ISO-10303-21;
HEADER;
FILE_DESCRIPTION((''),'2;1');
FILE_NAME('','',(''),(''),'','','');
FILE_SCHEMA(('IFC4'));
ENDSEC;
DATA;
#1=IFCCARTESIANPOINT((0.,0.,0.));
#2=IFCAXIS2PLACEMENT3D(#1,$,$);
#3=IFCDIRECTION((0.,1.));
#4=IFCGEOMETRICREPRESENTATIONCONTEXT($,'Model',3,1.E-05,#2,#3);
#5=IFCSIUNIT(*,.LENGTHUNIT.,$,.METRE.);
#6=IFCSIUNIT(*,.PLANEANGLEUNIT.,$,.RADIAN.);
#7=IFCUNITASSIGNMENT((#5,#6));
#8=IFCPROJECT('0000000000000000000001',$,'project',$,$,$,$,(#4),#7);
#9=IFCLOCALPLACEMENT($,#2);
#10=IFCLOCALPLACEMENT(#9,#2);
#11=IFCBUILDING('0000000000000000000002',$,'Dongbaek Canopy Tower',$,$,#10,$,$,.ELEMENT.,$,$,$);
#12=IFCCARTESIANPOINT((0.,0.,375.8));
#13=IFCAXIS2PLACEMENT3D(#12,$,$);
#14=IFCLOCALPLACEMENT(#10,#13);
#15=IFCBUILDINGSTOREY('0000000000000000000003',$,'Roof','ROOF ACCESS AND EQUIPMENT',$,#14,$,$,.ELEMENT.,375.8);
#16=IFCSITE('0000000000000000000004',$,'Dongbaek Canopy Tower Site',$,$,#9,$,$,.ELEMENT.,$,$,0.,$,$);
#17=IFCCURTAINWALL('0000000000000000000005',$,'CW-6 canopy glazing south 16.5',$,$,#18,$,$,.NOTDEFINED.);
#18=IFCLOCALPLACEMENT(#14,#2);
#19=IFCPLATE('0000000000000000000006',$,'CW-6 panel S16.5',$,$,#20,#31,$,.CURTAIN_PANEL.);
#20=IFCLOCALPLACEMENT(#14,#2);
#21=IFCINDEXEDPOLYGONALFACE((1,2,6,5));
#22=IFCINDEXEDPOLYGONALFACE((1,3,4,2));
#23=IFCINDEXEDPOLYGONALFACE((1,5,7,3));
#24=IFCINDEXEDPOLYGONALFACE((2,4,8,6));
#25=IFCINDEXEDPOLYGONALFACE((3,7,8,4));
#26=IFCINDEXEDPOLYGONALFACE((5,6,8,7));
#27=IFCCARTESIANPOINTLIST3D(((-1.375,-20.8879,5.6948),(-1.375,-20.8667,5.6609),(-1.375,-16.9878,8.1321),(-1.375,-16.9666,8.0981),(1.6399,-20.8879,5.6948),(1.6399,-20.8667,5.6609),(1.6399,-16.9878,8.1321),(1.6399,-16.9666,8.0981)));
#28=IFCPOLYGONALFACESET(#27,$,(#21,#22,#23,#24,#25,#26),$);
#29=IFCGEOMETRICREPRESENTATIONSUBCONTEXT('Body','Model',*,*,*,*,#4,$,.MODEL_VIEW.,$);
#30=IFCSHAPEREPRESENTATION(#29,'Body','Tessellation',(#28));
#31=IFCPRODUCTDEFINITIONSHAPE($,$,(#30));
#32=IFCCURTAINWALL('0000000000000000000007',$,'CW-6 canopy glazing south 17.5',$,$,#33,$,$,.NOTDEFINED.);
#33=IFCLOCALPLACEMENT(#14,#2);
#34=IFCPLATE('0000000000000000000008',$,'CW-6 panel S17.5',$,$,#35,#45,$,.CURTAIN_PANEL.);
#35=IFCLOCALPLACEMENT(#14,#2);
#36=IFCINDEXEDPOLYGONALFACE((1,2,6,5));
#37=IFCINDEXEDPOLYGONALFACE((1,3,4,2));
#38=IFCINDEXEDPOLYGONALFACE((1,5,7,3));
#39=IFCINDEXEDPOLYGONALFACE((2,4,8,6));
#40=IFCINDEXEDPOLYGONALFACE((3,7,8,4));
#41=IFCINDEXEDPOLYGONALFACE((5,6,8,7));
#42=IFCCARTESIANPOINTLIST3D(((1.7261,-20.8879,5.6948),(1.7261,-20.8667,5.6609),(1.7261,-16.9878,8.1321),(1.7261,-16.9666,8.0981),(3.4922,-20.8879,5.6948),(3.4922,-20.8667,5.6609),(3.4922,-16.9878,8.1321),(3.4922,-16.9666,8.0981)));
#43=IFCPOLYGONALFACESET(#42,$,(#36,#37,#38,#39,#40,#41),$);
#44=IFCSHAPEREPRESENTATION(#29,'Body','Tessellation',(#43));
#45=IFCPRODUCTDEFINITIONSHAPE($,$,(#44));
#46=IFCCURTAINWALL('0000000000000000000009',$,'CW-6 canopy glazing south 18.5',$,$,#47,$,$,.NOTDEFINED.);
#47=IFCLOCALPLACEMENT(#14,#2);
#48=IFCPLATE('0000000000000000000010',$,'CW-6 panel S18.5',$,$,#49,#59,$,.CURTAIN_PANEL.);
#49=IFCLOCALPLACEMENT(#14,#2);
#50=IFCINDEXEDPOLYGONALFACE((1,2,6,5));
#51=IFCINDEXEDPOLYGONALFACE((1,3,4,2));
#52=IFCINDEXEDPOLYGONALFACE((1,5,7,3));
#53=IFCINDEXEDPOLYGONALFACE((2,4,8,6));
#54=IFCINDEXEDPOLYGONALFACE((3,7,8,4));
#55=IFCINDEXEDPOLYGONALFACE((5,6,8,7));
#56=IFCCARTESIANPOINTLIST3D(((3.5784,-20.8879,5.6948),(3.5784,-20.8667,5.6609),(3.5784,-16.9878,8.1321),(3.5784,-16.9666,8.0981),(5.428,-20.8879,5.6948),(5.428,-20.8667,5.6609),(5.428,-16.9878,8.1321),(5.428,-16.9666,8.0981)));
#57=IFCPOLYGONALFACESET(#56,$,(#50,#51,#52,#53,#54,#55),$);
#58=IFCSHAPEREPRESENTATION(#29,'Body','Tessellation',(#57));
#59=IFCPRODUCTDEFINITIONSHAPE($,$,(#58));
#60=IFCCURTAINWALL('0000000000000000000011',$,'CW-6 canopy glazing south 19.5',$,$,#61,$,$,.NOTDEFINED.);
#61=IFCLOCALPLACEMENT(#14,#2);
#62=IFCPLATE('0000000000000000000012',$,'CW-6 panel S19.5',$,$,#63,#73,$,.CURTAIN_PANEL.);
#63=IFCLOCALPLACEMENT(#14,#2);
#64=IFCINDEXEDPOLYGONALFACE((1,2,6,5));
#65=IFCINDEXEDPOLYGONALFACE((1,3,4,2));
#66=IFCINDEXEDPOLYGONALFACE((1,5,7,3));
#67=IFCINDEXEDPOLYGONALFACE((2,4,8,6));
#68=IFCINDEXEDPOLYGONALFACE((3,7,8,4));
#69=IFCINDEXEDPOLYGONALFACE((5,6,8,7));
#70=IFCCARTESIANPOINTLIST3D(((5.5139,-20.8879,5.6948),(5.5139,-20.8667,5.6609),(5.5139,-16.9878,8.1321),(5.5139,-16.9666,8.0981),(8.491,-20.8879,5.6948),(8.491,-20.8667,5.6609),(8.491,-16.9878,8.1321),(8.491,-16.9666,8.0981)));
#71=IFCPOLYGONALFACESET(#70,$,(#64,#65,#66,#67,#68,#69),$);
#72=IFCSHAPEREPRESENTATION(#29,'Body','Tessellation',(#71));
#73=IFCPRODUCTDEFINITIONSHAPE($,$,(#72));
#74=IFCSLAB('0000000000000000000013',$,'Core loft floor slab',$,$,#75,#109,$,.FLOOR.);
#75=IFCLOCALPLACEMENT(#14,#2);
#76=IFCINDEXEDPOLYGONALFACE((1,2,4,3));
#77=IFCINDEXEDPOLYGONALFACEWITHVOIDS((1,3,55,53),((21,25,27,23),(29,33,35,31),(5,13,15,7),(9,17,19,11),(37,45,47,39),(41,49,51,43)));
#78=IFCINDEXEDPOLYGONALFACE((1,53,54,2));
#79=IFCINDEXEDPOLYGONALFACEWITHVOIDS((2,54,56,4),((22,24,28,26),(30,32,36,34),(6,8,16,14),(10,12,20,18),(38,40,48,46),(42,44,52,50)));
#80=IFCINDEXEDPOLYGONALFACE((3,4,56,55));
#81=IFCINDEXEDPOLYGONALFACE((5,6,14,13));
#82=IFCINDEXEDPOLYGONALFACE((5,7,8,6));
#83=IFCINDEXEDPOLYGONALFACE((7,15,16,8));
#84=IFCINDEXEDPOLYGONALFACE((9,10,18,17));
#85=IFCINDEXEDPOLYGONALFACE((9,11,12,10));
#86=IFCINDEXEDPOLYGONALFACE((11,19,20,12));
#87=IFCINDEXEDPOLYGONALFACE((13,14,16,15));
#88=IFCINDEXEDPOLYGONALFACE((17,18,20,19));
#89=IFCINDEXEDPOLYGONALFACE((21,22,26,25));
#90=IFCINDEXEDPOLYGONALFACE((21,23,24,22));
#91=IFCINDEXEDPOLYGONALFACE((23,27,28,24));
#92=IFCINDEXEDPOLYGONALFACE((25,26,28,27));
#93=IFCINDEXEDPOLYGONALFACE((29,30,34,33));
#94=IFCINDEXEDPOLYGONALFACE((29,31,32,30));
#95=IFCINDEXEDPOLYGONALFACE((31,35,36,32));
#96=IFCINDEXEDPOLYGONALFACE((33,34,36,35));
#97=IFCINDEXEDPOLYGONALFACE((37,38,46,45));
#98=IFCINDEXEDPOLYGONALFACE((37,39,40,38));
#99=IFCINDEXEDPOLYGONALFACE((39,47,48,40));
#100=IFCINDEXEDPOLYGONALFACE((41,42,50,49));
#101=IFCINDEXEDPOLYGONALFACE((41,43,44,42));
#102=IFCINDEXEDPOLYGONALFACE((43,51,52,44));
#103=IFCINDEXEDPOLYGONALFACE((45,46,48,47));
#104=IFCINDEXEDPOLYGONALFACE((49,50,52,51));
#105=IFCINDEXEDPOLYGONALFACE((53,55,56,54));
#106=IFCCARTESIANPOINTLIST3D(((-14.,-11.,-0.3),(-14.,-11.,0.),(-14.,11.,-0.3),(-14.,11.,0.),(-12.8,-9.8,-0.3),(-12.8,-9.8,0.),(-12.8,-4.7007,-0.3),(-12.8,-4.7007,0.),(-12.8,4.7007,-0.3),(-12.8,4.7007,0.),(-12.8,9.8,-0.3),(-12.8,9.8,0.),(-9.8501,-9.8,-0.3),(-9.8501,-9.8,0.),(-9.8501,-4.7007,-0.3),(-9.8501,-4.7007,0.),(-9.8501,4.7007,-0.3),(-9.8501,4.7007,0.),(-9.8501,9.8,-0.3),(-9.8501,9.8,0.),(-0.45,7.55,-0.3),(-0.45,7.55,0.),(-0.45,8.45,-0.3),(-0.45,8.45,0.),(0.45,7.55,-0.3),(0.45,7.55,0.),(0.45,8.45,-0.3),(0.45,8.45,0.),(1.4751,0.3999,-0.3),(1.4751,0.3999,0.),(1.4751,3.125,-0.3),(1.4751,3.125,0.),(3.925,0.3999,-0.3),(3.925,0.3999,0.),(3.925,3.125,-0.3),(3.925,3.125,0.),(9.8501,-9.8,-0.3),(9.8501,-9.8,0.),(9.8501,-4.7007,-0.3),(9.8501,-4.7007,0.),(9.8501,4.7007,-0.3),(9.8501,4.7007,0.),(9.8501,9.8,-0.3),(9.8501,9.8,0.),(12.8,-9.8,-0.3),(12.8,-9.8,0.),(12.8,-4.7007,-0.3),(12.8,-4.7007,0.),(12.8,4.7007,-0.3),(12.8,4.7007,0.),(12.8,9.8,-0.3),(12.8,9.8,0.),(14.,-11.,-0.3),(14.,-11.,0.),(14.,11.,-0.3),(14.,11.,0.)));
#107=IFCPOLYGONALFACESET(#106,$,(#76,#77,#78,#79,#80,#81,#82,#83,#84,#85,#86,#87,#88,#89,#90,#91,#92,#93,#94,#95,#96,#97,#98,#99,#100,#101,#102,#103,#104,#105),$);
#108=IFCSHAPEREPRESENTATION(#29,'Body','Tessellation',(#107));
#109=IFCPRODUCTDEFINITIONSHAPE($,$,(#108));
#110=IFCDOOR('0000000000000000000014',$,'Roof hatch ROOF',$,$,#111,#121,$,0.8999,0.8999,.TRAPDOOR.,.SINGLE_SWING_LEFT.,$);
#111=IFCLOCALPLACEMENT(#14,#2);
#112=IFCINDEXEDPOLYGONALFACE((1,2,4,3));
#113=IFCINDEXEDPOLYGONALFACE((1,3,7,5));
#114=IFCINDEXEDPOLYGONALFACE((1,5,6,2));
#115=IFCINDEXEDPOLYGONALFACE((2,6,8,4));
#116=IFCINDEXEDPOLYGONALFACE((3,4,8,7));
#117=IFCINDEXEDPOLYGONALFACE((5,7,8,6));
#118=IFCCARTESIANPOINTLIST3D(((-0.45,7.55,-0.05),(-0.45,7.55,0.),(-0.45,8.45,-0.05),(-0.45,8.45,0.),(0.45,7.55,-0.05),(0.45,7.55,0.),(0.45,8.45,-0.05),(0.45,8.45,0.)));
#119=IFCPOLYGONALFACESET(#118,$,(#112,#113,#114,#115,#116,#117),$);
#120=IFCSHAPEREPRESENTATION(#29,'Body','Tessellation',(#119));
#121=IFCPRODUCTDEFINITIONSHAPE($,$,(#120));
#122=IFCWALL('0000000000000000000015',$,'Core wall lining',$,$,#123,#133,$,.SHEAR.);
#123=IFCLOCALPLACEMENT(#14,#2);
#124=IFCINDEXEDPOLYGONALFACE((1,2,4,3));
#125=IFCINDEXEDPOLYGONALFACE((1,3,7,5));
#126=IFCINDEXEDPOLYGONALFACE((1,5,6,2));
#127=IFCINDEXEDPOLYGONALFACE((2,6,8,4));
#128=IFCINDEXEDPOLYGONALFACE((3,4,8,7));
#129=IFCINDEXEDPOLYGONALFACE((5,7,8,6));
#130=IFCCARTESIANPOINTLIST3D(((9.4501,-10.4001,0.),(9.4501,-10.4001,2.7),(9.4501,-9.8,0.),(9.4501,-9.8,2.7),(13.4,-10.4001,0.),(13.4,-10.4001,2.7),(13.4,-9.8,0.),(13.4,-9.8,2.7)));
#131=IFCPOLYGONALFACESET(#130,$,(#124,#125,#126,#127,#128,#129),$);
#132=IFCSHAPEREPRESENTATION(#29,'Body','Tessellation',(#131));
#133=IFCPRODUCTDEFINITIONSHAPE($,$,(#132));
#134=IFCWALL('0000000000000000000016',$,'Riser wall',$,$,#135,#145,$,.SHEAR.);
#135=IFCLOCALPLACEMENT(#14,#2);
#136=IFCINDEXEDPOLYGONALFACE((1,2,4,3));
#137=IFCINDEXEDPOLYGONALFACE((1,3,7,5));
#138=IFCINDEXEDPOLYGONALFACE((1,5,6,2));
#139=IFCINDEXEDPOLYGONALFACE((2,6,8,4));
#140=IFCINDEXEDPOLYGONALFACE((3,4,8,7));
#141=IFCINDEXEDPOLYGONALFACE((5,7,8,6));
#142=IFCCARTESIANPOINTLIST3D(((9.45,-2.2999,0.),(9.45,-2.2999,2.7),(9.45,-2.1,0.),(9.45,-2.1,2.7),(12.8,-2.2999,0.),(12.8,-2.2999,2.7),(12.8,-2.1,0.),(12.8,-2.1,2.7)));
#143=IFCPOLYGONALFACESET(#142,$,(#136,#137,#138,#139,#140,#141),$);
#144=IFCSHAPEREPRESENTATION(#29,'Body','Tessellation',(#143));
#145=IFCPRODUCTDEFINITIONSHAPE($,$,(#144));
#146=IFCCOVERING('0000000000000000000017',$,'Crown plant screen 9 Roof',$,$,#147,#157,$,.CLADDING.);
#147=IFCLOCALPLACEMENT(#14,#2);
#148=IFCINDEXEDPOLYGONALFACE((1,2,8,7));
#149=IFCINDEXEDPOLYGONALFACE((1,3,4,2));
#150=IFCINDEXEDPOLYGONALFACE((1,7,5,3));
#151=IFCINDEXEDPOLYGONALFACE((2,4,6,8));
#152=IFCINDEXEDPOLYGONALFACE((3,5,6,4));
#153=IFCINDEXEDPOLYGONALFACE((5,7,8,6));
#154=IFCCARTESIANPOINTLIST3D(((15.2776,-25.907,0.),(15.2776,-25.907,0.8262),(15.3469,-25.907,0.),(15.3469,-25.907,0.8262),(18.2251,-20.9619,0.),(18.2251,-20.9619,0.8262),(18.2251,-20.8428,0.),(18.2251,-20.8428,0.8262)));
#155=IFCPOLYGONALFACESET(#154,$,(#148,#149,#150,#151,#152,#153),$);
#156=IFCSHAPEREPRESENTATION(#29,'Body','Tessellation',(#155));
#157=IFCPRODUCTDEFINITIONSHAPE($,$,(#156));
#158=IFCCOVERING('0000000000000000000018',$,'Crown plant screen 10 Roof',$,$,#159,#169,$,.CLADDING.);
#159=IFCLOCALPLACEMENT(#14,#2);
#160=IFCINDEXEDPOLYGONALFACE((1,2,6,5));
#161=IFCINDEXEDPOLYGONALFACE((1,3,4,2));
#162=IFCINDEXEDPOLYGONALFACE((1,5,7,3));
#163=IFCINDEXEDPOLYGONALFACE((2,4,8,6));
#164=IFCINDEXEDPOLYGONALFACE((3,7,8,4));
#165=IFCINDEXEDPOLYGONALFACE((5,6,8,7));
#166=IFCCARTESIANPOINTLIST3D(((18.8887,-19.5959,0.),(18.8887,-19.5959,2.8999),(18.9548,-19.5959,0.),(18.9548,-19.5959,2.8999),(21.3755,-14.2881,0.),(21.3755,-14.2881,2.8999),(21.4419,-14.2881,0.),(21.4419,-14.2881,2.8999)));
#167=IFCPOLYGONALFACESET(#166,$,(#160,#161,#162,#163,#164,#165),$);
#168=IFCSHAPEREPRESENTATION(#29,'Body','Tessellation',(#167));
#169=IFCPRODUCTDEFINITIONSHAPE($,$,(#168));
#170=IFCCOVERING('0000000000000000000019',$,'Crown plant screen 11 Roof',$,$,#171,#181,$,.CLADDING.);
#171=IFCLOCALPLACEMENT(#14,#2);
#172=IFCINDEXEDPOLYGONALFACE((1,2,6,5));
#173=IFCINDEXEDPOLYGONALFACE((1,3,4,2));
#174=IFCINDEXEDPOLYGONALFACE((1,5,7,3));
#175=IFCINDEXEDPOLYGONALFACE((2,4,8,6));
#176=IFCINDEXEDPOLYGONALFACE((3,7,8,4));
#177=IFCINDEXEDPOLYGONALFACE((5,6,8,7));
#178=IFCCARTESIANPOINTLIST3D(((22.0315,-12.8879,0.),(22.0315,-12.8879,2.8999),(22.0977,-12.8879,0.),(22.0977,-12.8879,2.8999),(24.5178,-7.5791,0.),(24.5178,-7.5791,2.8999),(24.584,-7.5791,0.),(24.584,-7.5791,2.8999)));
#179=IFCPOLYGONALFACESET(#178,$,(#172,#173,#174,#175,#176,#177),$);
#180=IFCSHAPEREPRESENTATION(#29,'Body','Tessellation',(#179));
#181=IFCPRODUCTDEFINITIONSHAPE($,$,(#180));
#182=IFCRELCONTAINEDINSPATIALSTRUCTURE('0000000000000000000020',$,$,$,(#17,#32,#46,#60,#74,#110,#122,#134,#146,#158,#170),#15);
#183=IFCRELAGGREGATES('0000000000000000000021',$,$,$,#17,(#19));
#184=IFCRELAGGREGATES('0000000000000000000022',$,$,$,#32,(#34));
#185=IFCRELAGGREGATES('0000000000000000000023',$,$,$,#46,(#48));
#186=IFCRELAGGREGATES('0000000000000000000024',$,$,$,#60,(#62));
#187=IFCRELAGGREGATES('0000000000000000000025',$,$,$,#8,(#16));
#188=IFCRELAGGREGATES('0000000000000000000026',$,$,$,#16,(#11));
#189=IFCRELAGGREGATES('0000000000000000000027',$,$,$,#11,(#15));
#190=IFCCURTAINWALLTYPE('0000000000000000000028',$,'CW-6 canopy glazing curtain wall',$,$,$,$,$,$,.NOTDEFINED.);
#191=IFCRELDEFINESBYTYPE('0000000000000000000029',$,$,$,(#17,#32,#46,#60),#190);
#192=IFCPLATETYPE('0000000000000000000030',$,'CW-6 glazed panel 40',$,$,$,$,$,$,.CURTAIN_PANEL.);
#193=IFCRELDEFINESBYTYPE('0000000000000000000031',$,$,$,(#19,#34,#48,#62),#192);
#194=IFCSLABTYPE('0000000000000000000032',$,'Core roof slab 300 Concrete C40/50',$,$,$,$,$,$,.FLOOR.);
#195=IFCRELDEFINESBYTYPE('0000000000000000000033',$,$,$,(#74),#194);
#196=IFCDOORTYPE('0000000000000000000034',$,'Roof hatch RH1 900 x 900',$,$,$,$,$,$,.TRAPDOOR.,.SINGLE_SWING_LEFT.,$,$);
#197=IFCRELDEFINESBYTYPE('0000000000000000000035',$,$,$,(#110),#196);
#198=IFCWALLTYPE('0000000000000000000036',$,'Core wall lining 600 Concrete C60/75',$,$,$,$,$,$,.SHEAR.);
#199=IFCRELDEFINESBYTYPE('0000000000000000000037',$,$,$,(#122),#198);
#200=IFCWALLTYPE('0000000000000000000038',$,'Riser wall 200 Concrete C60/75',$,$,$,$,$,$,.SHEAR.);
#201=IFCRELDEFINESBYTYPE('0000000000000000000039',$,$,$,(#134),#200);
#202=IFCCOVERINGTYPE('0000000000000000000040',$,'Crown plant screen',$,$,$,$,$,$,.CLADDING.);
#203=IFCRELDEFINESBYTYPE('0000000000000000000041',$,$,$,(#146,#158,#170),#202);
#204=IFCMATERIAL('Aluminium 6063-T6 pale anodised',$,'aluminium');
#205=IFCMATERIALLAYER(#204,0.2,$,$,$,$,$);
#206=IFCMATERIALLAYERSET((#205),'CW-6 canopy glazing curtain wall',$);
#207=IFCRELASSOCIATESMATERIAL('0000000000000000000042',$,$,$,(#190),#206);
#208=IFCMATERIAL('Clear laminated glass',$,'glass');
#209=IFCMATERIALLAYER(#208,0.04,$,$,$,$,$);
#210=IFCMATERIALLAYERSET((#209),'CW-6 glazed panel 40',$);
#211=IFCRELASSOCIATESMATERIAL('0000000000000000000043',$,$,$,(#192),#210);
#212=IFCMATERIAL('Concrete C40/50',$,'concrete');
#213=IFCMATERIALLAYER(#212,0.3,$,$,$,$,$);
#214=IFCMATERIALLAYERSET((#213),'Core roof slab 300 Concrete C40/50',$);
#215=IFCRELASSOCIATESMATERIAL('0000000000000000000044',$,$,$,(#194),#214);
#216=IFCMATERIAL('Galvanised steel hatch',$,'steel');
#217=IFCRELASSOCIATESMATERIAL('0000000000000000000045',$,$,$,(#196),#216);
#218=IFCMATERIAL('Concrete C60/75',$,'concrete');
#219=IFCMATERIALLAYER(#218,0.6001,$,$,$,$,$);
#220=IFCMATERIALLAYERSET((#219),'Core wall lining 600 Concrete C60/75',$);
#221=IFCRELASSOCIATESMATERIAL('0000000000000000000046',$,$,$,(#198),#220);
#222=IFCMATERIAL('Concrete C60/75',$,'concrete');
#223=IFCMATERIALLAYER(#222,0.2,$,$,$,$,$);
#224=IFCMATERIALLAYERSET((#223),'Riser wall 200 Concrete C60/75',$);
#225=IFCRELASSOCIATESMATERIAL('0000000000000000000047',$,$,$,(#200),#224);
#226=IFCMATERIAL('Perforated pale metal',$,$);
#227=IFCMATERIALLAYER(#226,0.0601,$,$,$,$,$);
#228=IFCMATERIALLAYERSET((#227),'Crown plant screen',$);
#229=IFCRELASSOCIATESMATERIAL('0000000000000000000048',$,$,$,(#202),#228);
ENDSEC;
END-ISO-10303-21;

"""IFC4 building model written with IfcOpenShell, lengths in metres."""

from ifc_helpers import new_model, si_unit, direction, frame, frame_2d, origin, origin_2d, place, context, subcontext, project, spatial, polyline, rectangle, outline, extrude, material, layer, layer_set, type_object, element, fill, aggregate, save


model = new_model("IFC4")

# Units and contexts
model_context = context("Model", 3, precision=1e-05, world=origin(), true_north=direction((0.0, 1.0)))
body_context = subcontext(model_context, "Body", "Model", "MODEL_VIEW")
ifc_project = project(units=[si_unit("LENGTHUNIT", "METRE"), si_unit("PLANEANGLEUNIT", "RADIAN")], contexts=[model_context])

# Site, building, storey
site_placement = place(None, origin())
site = spatial("IfcSite", under=ifc_project, at=site_placement, Name="Dongbaek Canopy Tower Site", CompositionType="ELEMENT", RefElevation=0.0)
building_placement = place(site_placement, origin())
building = spatial("IfcBuilding", under=site, at=building_placement, Name="Dongbaek Canopy Tower", CompositionType="ELEMENT")
storey_placement = place(building_placement, frame((0.0, 0.0, 375.8)))
storey = spatial("IfcBuildingStorey", under=building, at=storey_placement, Name="Roof", Description="ROOF ACCESS AND EQUIPMENT", CompositionType="ELEMENT", Elevation=375.8)

# Curtain walls, plates
ifc_material_1 = material(Name="Aluminium 6063-T6 pale anodised", Category="aluminium")
ifc_layer_1 = layer(ifc_material_1, 0.2)
ifc_layer_set_1 = layer_set([ifc_layer_1], Name="CW-6 canopy glazing curtain wall")
curtain_wall_type = type_object("IfcCurtainWallType", Name="CW-6 canopy glazing curtain wall", PredefinedType="NOTDEFINED", material=ifc_layer_set_1)
curtain_wall_1_placement = place(storey_placement, origin())
curtain_wall_1 = element("IfcCurtainWall", 1, at=curtain_wall_1_placement, inside=storey, type_object=curtain_wall_type, Name="CW-6 canopy glazing south 16.5", PredefinedType="NOTDEFINED")
ifc_material_2 = material(Name="Clear laminated glass", Category="glass")
ifc_layer_2 = layer(ifc_material_2, 0.04)
ifc_layer_set_2 = layer_set([ifc_layer_2], Name="CW-6 glazed panel 40")
plate_type = type_object("IfcPlateType", Name="CW-6 glazed panel 40", PredefinedType="CURTAIN_PANEL", material=ifc_layer_set_2)
plate_1_placement = place(storey_placement, frame((1.6399, -20.8879, 5.6948), z_axis=(0.0, -0.529946, 0.848031), x_axis=(-1.0, 0.0, 0.0)))
plate_1 = element("IfcPlate", 2, at=plate_1_placement, type_object=plate_type, Name="CW-6 panel S16.5", PredefinedType="CURTAIN_PANEL", context=body_context, shape_type="SweptSolid", body=[
    extrude(outline(polyline([(0.0, 0.0), (3.0149, 0.0), (3.0149, -4.5991), (0.0, -4.5991), (0.0, 0.0)])), origin(), (0.0, 0.0, -1.0), 0.04),
])
aggregate(curtain_wall_1, [plate_1])
curtain_wall_2_placement = place(storey_placement, origin())
curtain_wall_2 = element("IfcCurtainWall", 3, at=curtain_wall_2_placement, inside=storey, type_object=curtain_wall_type, Name="CW-6 canopy glazing south 17.5", PredefinedType="NOTDEFINED")
plate_2_placement = place(storey_placement, frame((3.4922, -20.8879, 5.6948), z_axis=(0.0, -0.529946, 0.848031), x_axis=(-1.0, 0.0, 0.0)))
plate_2 = element("IfcPlate", 4, at=plate_2_placement, type_object=plate_type, Name="CW-6 panel S17.5", PredefinedType="CURTAIN_PANEL", context=body_context, shape_type="SweptSolid", body=[
    extrude(outline(polyline([(0.0, 0.0), (1.7661, 0.0), (1.7661, -4.5991), (0.0, -4.5991), (0.0, 0.0)])), origin(), (0.0, 0.0, -1.0), 0.04),
])
aggregate(curtain_wall_2, [plate_2])
curtain_wall_3_placement = place(storey_placement, origin())
curtain_wall_3 = element("IfcCurtainWall", 5, at=curtain_wall_3_placement, inside=storey, type_object=curtain_wall_type, Name="CW-6 canopy glazing south 18.5", PredefinedType="NOTDEFINED")
plate_3_placement = place(storey_placement, frame((5.428, -20.8879, 5.6948), z_axis=(0.0, -0.529946, 0.848031), x_axis=(-1.0, 0.0, 0.0)))
plate_3 = element("IfcPlate", 6, at=plate_3_placement, type_object=plate_type, Name="CW-6 panel S18.5", PredefinedType="CURTAIN_PANEL", context=body_context, shape_type="SweptSolid", body=[
    extrude(outline(polyline([(0.0, 0.0), (1.8496, 0.0), (1.8496, -4.5991), (0.0, -4.5991), (0.0, 0.0)])), origin(), (0.0, 0.0, -1.0), 0.04),
])
aggregate(curtain_wall_3, [plate_3])
curtain_wall_4_placement = place(storey_placement, origin())
curtain_wall_4 = element("IfcCurtainWall", 7, at=curtain_wall_4_placement, inside=storey, type_object=curtain_wall_type, Name="CW-6 canopy glazing south 19.5", PredefinedType="NOTDEFINED")
plate_4_placement = place(storey_placement, frame((8.491, -20.8879, 5.6948), z_axis=(0.0, -0.529946, 0.848031), x_axis=(-1.0, 0.0, 0.0)))
plate_4 = element("IfcPlate", 8, at=plate_4_placement, type_object=plate_type, Name="CW-6 panel S19.5", PredefinedType="CURTAIN_PANEL", context=body_context, shape_type="SweptSolid", body=[
    extrude(outline(polyline([(0.0, 0.0), (2.9771, 0.0), (2.9771, -4.5991), (0.0, -4.5991), (0.0, 0.0)])), origin(), (0.0, 0.0, -1.0), 0.04),
])
aggregate(curtain_wall_4, [plate_4])

# Slab, opening, door
ifc_material_3 = material(Name="Concrete C40/50", Category="concrete")
ifc_layer_3 = layer(ifc_material_3, 0.3)
ifc_layer_set_3 = layer_set([ifc_layer_3], Name="Core roof slab 300 Concrete C40/50")
slab_type = type_object("IfcSlabType", Name="Core roof slab 300 Concrete C40/50", PredefinedType="FLOOR", material=ifc_layer_set_3)
slab_placement = place(storey_placement, frame((0.0, 0.0, -0.3)))
slab = element("IfcSlab", 9, at=slab_placement, inside=storey, type_object=slab_type, Name="Core loft floor slab", PredefinedType="FLOOR", context=body_context, shape_type="SweptSolid", body=[
    extrude(outline(polyline([(14.0, -11.0), (14.0, 11.0), (-14.0, 11.0), (-14.0, -11.0), (14.0, -11.0)]), holes=[polyline([(12.8, 4.7007), (12.8, 9.8), (9.8501, 9.8), (9.8501, 4.7007), (12.8, 4.7007)]), polyline([(-9.8501, 4.7007), (-9.8501, 9.8), (-12.8, 9.8), (-12.8, 4.7007), (-9.8501, 4.7007)]), polyline([(9.8501, -4.7007), (9.8501, -9.8), (12.8, -9.8), (12.8, -4.7007), (9.8501, -4.7007)]), polyline([(-12.8, -4.7007), (-12.8, -9.8), (-9.8501, -9.8), (-9.8501, -4.7007), (-12.8, -4.7007)]), polyline([(3.925, 3.125), (3.925, 0.3999), (1.4751, 0.3999), (1.4751, 3.125), (3.925, 3.125)])]), origin(), (0.0, 0.0, 1.0), 0.3),
])
opening_placement = place(slab_placement, frame((0.0, 8.0, 0.0)))
opening = element("IfcOpeningElement", 10, at=opening_placement, cuts=slab, PredefinedType="OPENING", context=body_context, shape_type="SweptSolid", body=[
    extrude(rectangle(XDim=0.8999, YDim=0.8999, at=origin_2d()), origin(), (0.0, 0.0, 1.0), 0.3),
])
ifc_material_4 = material(Name="Galvanised steel hatch", Category="steel")
door_type = type_object("IfcDoorType", Name="Roof hatch RH1 900 x 900", OperationType="SINGLE_SWING_LEFT", PredefinedType="TRAPDOOR", material=ifc_material_4)
door_placement = place(opening_placement, frame((0.0, 0.0, 0.25)))
door = element("IfcDoor", 11, at=door_placement, inside=storey, type_object=door_type, Name="Roof hatch ROOF", OperationType="SINGLE_SWING_LEFT", OverallHeight=0.8999, OverallWidth=0.8999, PredefinedType="TRAPDOOR", context=body_context, shape_type="SweptSolid", body=[
    extrude(rectangle(XDim=0.8999, YDim=0.8999, at=origin_2d()), origin(), (0.0, 0.0, 1.0), 0.05),
])
fill(opening, door)

# Walls
ifc_material_5 = material(Name="Concrete C60/75", Category="concrete")
ifc_layer_4 = layer(ifc_material_5, 0.6001)
ifc_layer_set_4 = layer_set([ifc_layer_4], Name="Core wall lining 600 Concrete C60/75")
wall_type_1 = type_object("IfcWallType", Name="Core wall lining 600 Concrete C60/75", PredefinedType="SHEAR", material=ifc_layer_set_4)
wall_1_placement = place(storey_placement, frame((9.45, -10.1001, 0.0), z_axis=(0.0, 0.0, 1.0), x_axis=(1.0, 0.0, 0.0)))
element("IfcWall", 12, at=wall_1_placement, inside=storey, type_object=wall_type_1, Name="Core wall lining", PredefinedType="SHEAR", context=body_context, shape_type="SweptSolid", body=[
    extrude(rectangle(XDim=3.95, YDim=0.6001, at=frame_2d((1.9751, 0.0))), origin(), (0.0, 0.0, 1.0), 2.7),
])
ifc_material_6 = material(Name="Concrete C60/75", Category="concrete")
ifc_layer_5 = layer(ifc_material_6, 0.2)
ifc_layer_set_5 = layer_set([ifc_layer_5], Name="Riser wall 200 Concrete C60/75")
wall_type_2 = type_object("IfcWallType", Name="Riser wall 200 Concrete C60/75", PredefinedType="SHEAR", material=ifc_layer_set_5)
wall_2_placement = place(storey_placement, frame((9.45, -2.2, 0.0), z_axis=(0.0, 0.0, 1.0), x_axis=(1.0, 0.0, 0.0)))
element("IfcWall", 13, at=wall_2_placement, inside=storey, type_object=wall_type_2, Name="Riser wall", PredefinedType="SHEAR", context=body_context, shape_type="SweptSolid", body=[
    extrude(rectangle(XDim=3.3501, YDim=0.2, at=frame_2d((1.675, 0.0))), origin(), (0.0, 0.0, 1.0), 2.7),
])

# Coverings
ifc_material_7 = material(Name="Perforated pale metal")
ifc_layer_6 = layer(ifc_material_7, 0.0601)
ifc_layer_set_6 = layer_set([ifc_layer_6], Name="Crown plant screen")
covering_type = type_object("IfcCoveringType", Name="Crown plant screen", PredefinedType="CLADDING", material=ifc_layer_set_6)
covering_1_placement = place(storey_placement, origin())
element("IfcCovering", 14, at=covering_1_placement, inside=storey, type_object=covering_type, Name="Crown plant screen 9 Roof", PredefinedType="CLADDING", context=body_context, shape_type="SweptSolid", body=[
    extrude(outline(polyline([(15.3469, -25.907), (15.2776, -25.907), (18.2251, -20.8428), (18.2251, -20.9619), (15.3469, -25.907)])), origin(), (0.0, 0.0, 1.0), 0.8262),
])
covering_2_placement = place(storey_placement, origin())
element("IfcCovering", 15, at=covering_2_placement, inside=storey, type_object=covering_type, Name="Crown plant screen 10 Roof", PredefinedType="CLADDING", context=body_context, shape_type="SweptSolid", body=[
    extrude(outline(polyline([(18.9548, -19.5959), (18.8887, -19.5959), (21.3755, -14.2881), (21.4419, -14.2881), (18.9548, -19.5959)])), origin(), (0.0, 0.0, 1.0), 2.8999),
])
covering_3_placement = place(storey_placement, origin())
element("IfcCovering", 16, at=covering_3_placement, inside=storey, type_object=covering_type, Name="Crown plant screen 11 Roof", PredefinedType="CLADDING", context=body_context, shape_type="SweptSolid", body=[
    extrude(outline(polyline([(22.0977, -12.8879), (22.0315, -12.8879), (24.5178, -7.5791), (24.584, -7.5791), (22.0977, -12.8879)])), origin(), (0.0, 0.0, 1.0), 2.8999),
])

save(model, "model.ifc")
